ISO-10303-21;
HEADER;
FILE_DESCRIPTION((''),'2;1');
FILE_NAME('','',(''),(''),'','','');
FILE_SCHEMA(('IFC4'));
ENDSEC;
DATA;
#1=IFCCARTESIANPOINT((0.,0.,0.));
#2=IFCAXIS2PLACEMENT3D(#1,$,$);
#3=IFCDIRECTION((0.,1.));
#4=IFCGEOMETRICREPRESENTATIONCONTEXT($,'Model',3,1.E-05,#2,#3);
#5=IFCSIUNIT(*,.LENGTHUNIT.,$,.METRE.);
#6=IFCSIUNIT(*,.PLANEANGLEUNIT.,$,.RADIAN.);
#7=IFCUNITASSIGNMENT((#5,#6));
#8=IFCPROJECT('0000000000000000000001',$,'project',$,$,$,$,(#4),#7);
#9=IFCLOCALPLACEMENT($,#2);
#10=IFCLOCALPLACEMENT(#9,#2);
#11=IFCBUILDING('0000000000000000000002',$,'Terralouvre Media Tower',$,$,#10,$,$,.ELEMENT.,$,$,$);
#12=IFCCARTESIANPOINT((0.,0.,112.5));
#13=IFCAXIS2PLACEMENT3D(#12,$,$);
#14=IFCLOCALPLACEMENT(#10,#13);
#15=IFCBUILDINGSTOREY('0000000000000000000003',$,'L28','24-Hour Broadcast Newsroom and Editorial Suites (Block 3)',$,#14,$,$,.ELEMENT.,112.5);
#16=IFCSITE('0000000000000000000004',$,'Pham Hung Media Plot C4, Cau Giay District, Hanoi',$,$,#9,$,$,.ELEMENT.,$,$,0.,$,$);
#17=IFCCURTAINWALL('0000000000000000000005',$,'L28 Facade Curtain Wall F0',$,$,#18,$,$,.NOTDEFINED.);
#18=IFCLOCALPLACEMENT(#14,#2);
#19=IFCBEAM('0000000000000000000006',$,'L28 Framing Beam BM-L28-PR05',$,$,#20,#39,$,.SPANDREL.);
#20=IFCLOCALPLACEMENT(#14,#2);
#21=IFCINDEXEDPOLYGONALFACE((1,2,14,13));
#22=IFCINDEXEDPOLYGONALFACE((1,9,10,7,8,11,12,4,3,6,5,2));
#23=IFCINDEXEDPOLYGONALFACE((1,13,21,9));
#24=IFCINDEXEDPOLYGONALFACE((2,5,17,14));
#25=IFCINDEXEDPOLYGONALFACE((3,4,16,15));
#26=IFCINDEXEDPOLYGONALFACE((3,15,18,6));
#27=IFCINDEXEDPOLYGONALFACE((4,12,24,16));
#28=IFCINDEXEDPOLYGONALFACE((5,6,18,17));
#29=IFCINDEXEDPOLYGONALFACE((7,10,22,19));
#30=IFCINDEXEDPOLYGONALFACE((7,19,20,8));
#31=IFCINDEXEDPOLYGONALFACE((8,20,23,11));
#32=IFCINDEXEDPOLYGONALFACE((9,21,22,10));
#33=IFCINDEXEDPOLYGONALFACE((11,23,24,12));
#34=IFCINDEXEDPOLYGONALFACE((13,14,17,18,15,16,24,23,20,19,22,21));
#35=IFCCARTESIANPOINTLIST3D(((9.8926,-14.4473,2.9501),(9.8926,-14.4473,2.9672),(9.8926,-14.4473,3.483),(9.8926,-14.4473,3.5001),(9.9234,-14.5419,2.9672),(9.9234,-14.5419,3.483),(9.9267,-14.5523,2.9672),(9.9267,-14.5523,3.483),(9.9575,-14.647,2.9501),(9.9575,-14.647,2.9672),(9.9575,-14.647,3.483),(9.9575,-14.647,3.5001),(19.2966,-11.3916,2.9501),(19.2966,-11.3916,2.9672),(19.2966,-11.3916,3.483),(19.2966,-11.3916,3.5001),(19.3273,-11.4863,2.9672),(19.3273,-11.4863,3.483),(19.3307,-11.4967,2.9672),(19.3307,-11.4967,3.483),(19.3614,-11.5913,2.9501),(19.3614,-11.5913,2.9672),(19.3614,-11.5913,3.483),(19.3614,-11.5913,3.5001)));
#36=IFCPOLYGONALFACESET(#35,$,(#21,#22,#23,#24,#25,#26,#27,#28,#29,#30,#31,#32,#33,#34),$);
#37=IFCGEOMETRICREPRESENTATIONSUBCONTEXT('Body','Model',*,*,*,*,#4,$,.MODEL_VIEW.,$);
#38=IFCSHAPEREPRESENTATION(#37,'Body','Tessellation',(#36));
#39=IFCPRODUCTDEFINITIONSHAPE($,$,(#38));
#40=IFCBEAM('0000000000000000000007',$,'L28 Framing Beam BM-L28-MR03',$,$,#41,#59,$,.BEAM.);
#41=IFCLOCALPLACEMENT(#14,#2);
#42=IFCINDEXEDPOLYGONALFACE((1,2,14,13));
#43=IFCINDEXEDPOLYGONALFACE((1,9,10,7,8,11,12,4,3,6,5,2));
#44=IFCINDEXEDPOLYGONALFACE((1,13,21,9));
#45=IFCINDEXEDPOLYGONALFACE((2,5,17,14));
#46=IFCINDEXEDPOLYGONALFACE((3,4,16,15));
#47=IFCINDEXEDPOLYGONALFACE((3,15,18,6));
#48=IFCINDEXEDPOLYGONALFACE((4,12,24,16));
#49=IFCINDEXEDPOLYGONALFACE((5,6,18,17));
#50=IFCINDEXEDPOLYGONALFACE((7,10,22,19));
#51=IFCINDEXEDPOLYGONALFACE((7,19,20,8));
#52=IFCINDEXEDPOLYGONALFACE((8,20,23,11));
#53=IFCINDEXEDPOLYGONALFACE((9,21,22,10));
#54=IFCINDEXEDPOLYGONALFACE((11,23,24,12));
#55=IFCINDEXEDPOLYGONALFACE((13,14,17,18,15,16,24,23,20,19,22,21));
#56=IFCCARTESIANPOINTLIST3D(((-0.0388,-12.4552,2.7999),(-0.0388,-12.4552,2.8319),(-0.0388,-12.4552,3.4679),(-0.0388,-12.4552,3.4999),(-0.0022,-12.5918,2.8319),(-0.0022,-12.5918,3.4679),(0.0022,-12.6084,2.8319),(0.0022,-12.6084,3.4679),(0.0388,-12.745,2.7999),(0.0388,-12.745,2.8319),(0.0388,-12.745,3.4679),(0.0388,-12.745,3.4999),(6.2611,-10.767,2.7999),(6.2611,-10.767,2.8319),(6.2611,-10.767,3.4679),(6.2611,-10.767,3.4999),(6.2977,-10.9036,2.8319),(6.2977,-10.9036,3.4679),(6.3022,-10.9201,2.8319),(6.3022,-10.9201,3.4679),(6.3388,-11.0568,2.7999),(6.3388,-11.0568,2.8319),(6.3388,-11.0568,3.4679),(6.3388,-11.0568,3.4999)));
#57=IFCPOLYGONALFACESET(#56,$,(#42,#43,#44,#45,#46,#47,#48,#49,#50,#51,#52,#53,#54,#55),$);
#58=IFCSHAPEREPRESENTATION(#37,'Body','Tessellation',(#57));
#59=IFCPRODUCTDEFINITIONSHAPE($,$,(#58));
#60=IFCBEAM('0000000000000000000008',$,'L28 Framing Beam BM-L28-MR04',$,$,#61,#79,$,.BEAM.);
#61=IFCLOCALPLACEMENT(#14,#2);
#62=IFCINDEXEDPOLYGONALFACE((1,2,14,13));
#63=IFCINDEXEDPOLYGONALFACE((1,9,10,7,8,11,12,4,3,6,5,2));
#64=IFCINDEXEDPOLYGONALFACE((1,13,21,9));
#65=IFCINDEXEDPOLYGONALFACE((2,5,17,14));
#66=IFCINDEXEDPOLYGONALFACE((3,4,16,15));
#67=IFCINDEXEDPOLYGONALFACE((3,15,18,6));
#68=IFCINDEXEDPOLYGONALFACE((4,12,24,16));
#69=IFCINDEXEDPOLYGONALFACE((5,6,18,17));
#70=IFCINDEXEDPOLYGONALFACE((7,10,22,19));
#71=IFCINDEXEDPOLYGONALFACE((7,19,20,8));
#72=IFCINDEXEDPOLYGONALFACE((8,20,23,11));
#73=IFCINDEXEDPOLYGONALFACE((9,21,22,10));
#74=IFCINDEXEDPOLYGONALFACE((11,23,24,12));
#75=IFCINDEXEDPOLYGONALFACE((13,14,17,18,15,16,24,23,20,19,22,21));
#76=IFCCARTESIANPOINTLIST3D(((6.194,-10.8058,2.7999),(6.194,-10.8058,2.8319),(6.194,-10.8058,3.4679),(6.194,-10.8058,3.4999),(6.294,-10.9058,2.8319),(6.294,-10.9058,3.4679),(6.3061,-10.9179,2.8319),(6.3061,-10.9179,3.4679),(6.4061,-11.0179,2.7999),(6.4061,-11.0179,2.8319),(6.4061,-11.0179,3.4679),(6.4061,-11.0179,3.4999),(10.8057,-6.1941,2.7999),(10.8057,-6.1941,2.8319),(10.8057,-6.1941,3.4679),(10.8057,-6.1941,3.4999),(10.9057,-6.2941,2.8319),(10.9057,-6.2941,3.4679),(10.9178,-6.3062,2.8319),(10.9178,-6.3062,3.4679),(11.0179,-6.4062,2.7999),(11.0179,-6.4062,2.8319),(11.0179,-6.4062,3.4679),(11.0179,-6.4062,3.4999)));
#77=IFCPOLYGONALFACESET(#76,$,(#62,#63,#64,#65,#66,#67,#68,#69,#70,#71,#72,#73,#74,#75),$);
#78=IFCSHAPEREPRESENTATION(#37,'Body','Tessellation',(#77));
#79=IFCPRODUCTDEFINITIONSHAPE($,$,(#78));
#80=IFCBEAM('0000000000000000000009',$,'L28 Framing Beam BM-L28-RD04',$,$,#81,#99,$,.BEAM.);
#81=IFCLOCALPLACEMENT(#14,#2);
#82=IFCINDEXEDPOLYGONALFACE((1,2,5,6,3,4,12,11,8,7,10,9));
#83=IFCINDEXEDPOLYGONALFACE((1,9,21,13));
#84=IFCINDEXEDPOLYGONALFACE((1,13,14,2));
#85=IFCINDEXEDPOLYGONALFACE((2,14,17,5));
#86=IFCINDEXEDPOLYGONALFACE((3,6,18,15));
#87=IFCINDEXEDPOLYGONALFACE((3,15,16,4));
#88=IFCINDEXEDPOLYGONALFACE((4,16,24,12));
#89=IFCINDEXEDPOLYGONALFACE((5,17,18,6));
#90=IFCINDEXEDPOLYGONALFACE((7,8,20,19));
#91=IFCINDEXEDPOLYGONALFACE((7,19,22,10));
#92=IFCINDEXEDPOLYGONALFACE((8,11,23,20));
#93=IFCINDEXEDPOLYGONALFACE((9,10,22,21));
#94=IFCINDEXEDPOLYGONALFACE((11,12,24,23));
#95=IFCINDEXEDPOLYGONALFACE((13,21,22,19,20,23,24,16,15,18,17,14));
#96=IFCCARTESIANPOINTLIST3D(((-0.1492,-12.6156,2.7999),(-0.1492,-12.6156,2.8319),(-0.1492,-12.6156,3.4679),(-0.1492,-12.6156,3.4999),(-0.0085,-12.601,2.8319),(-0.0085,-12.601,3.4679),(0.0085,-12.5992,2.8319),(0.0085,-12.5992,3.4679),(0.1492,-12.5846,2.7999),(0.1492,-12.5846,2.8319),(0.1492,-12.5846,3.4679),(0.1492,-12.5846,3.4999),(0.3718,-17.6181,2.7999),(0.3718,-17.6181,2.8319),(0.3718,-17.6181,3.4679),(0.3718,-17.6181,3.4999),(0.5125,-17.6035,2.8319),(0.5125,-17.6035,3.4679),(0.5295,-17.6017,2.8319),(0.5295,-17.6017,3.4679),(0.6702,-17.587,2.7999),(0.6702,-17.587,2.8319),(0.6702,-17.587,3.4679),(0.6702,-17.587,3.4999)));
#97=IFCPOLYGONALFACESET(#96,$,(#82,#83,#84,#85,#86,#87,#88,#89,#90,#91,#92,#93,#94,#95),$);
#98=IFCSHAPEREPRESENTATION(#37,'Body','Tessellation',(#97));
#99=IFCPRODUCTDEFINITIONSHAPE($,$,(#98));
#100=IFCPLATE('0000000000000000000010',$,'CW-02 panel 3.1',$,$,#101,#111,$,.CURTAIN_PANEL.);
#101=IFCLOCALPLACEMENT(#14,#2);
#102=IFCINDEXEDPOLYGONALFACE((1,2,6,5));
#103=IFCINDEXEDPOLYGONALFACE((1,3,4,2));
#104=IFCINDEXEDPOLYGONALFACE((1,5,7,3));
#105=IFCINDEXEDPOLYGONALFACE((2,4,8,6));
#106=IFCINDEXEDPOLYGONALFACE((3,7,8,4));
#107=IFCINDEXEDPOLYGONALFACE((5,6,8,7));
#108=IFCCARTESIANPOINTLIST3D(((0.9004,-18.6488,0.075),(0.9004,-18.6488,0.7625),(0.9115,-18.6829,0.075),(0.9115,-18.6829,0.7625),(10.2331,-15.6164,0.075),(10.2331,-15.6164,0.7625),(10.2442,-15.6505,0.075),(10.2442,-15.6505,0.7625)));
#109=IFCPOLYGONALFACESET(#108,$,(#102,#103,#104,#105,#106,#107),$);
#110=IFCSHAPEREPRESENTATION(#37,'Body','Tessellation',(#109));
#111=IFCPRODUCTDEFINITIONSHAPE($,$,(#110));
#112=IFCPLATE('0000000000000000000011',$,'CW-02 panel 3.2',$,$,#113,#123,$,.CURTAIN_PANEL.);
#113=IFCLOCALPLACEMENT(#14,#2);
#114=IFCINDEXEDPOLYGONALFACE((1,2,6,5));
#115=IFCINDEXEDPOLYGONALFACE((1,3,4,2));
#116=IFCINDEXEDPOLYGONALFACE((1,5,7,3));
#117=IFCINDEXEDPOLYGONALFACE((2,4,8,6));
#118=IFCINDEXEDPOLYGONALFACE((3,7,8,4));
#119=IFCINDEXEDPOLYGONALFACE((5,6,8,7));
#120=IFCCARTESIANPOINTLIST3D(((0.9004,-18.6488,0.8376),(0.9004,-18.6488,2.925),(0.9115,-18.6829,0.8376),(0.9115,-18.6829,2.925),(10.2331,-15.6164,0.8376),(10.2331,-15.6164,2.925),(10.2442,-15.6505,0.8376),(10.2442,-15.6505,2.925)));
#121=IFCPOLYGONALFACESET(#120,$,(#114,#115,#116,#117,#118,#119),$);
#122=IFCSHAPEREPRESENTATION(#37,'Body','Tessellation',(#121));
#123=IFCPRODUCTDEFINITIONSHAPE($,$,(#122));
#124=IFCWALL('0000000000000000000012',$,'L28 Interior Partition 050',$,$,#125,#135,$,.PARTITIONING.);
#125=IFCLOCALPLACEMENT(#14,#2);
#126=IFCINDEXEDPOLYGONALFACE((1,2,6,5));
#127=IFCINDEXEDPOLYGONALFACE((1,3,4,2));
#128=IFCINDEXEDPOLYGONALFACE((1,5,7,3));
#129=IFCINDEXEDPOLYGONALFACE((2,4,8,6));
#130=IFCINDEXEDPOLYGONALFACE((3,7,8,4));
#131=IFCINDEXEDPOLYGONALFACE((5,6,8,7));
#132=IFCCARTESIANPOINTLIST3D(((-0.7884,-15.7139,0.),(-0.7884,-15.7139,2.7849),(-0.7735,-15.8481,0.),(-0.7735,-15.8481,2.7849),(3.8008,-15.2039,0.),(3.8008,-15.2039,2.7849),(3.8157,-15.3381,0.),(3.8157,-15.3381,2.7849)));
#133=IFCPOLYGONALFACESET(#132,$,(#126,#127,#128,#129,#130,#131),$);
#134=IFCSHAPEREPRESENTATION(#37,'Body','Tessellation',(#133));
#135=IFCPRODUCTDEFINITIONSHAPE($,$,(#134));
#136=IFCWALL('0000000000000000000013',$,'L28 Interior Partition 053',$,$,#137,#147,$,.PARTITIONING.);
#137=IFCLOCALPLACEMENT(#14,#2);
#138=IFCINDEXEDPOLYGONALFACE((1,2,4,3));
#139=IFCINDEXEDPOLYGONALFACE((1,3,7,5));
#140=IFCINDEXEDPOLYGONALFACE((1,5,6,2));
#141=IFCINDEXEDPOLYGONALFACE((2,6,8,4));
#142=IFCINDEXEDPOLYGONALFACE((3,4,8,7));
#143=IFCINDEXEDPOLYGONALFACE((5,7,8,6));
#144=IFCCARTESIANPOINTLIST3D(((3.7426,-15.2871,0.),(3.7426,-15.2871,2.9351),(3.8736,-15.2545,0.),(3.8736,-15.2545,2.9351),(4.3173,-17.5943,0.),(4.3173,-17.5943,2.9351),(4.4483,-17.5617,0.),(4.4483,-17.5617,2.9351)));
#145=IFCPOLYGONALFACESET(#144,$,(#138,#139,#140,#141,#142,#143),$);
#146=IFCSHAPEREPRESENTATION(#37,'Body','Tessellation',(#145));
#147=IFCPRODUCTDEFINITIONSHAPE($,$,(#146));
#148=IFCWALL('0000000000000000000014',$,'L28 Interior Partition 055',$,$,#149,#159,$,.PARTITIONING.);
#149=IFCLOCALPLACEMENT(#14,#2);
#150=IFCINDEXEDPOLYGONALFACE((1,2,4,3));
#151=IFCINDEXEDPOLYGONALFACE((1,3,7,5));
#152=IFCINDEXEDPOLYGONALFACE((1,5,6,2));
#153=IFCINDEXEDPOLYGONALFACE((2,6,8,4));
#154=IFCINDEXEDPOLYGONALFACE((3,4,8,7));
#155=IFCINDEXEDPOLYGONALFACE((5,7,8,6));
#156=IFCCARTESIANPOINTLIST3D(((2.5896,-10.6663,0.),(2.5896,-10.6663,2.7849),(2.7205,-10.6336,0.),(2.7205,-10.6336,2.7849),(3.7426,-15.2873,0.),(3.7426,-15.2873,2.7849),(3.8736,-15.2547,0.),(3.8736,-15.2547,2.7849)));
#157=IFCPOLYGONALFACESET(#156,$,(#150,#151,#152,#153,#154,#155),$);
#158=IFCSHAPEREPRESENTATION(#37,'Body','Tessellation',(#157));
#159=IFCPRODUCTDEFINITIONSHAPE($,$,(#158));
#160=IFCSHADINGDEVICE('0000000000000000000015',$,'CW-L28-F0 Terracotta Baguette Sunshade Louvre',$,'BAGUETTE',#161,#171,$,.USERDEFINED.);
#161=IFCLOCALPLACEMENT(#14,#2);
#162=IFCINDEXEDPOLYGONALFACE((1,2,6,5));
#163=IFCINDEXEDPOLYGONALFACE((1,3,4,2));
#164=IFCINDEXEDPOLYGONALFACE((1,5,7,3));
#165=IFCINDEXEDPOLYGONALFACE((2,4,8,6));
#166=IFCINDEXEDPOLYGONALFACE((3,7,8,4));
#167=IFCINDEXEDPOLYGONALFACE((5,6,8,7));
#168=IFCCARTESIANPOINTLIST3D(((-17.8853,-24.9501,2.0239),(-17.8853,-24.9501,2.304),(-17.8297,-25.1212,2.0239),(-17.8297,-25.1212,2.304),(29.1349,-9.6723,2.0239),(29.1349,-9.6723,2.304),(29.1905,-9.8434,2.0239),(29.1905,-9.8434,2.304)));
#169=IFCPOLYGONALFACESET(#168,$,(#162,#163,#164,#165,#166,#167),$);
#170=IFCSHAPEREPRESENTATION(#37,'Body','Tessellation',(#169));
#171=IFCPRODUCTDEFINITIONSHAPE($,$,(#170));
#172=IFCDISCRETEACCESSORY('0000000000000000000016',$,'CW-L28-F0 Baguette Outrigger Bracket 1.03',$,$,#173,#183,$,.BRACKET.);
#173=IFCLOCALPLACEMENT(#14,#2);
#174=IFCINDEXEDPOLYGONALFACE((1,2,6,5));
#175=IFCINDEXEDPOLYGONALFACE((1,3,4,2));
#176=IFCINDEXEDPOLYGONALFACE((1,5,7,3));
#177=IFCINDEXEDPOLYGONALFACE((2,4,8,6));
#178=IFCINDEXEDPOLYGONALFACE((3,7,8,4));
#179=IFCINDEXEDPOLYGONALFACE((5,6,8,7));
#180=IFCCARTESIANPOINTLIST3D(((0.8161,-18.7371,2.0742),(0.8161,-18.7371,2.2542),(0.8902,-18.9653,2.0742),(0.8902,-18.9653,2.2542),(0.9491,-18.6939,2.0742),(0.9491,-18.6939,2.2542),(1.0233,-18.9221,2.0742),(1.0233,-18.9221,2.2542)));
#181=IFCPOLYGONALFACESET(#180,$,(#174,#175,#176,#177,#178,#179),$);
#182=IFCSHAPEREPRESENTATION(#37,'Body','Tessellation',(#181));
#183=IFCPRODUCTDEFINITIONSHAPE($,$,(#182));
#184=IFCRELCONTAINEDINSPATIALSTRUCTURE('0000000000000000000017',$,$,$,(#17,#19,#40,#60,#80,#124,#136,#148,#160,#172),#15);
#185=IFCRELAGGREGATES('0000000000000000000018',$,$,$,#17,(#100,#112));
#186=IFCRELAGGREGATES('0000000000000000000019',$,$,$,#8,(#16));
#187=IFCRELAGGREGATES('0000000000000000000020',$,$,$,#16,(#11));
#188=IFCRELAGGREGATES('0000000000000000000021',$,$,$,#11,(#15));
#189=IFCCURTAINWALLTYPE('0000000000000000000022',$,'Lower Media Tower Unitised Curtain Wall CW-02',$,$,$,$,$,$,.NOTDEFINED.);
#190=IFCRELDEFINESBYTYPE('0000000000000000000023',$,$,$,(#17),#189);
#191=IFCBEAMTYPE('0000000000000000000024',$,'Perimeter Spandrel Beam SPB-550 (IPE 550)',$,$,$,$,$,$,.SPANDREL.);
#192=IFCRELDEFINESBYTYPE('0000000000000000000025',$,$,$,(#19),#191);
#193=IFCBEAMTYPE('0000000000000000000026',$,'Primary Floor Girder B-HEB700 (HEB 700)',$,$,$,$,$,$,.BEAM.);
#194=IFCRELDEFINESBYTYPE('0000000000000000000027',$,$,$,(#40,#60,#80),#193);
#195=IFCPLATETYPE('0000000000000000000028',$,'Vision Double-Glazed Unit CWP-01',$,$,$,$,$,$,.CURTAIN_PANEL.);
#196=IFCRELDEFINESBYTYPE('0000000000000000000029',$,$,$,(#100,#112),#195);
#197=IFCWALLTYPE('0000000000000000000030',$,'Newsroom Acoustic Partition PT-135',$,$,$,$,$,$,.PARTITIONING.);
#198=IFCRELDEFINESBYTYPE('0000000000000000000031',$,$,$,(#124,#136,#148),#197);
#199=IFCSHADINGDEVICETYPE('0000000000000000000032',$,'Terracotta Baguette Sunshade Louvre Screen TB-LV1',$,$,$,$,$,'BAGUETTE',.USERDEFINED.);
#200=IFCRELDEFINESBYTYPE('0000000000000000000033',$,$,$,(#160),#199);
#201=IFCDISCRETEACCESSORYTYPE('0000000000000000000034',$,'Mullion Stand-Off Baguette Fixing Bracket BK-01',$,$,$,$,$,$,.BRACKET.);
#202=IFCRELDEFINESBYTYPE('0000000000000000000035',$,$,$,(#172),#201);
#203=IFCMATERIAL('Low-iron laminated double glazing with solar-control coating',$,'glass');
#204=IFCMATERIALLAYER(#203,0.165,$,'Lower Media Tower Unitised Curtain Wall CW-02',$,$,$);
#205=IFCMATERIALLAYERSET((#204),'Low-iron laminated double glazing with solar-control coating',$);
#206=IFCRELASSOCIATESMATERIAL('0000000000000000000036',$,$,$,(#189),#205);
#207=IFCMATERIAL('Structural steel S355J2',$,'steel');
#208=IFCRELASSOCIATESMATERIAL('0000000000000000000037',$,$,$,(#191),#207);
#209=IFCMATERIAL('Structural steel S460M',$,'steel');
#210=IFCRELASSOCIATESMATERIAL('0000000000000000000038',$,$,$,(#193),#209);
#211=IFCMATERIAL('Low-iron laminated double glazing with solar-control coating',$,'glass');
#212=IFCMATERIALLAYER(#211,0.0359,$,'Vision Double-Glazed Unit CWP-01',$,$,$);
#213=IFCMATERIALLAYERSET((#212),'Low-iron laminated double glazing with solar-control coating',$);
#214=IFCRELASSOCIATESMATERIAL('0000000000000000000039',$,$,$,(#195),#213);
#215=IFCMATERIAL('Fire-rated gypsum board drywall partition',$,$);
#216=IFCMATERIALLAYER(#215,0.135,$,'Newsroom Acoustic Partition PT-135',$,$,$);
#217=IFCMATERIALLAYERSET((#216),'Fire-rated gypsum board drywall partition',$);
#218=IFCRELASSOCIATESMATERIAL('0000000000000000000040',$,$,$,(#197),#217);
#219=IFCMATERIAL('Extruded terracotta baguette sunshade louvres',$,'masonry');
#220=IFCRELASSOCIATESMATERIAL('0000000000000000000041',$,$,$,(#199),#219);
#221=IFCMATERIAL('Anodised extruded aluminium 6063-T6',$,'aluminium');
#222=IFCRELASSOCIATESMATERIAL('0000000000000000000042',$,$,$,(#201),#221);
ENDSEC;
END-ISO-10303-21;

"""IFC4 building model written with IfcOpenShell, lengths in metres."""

from ifc_helpers import new_model, si_unit, direction, frame, frame_2d, origin, origin_2d, place, context, subcontext, project, spatial, rectangle, i_section, extrude, material, layer, layer_set, material_profile, profile_set, type_object, element, aggregate, save


model = new_model("IFC4")

# Units and contexts
model_context = context("Model", 3, precision=1e-05, world=origin(), true_north=direction((0.0, 1.0)))
body_context = subcontext(model_context, "Body", "Model", "MODEL_VIEW")
ifc_project = project(units=[si_unit("LENGTHUNIT", "METRE"), si_unit("PLANEANGLEUNIT", "RADIAN")], contexts=[model_context])

# Site, building, storey
site_placement = place(None, origin())
site = spatial("IfcSite", under=ifc_project, at=site_placement, Name="Pham Hung Media Plot C4, Cau Giay District, Hanoi", CompositionType="ELEMENT", RefElevation=0.0)
building_placement = place(site_placement, origin())
building = spatial("IfcBuilding", under=site, at=building_placement, Name="Terralouvre Media Tower", CompositionType="ELEMENT")
storey_placement = place(building_placement, frame((0.0, 0.0, 112.5)))
storey = spatial("IfcBuildingStorey", under=building, at=storey_placement, Name="L28", Description="24-Hour Broadcast Newsroom and Editorial Suites (Block 3)", CompositionType="ELEMENT", Elevation=112.5)

# Curtain wall
ifc_material_1 = material(Name="Low-iron laminated double glazing with solar-control coating", Category="glass")
ifc_layer_1 = layer(ifc_material_1, 0.165, Name="Lower Media Tower Unitised Curtain Wall CW-02")
ifc_layer_set_1 = layer_set([ifc_layer_1], Name="Low-iron laminated double glazing with solar-control coating")
curtain_wall_type = type_object("IfcCurtainWallType", Name="Lower Media Tower Unitised Curtain Wall CW-02", PredefinedType="NOTDEFINED", material=ifc_layer_set_1)
curtain_wall_placement = place(storey_placement, origin())
curtain_wall = element("IfcCurtainWall", 1, at=curtain_wall_placement, inside=storey, type_object=curtain_wall_type, Name="L28 Facade Curtain Wall F0", PredefinedType="NOTDEFINED")

# Beams
ifc_material_2 = material(Name="Structural steel S355J2", Category="steel")
ifc_material_profile_1 = material_profile(ifc_material_2, i_section(OverallWidth=0.21, OverallDepth=0.55, WebThickness=0.011, FlangeThickness=0.0171, at=origin_2d()), Name="IPE 550")
ifc_profile_set_1 = profile_set([ifc_material_profile_1], Name="Structural steel S355J2")
beam_type_1 = type_object("IfcBeamType", Name="Perimeter Spandrel Beam SPB-550 (IPE 550)", PredefinedType="SPANDREL", material=ifc_profile_set_1)
for number, where, z_axis, x_axis, name in (
    (2, (9.925, -14.5471, 3.2251), (0.951053, 0.309026, 0.0), (-0.309026, 0.951053, 0.0), "L28 Framing Beam BM-L28-PR05"),
):
    element("IfcBeam", number, at=place(storey_placement, frame(where, z_axis=z_axis, x_axis=x_axis)), inside=storey, type_object=beam_type_1, Name=name, PredefinedType="SPANDREL", context=body_context, shape_type="SweptSolid", body=[
        extrude(i_section(OverallWidth=0.21, OverallDepth=0.55, WebThickness=0.011, FlangeThickness=0.0171, at=origin_2d()), origin(), (0.0, 0.0, 1.0), 9.8879),
    ])
ifc_material_3 = material(Name="Structural steel S460M", Category="steel")
ifc_material_profile_2 = material_profile(ifc_material_3, i_section(OverallWidth=0.3, OverallDepth=0.7, WebThickness=0.0171, FlangeThickness=0.032, at=origin_2d()), Name="HEB 700")
ifc_profile_set_2 = profile_set([ifc_material_profile_2], Name="Structural steel S460M")
beam_type_2 = type_object("IfcBeamType", Name="Primary Floor Girder B-HEB700 (HEB 700)", PredefinedType="BEAM", material=ifc_profile_set_2)
beam_1_placement = place(storey_placement, frame((0.0, -12.6001, 3.1499), z_axis=(0.96592, 0.258839, 0.0), x_axis=(-0.258839, 0.96592, 0.0)))
element("IfcBeam", 3, at=beam_1_placement, inside=storey, type_object=beam_type_2, Name="L28 Framing Beam BM-L28-MR03", PredefinedType="BEAM", context=body_context, shape_type="SweptSolid", body=[
    extrude(i_section(OverallWidth=0.3, OverallDepth=0.7, WebThickness=0.0171, FlangeThickness=0.032, at=origin_2d()), origin(), (0.0, 0.0, 1.0), 6.5222),
])
beam_2_placement = place(storey_placement, frame((6.3, -10.9119, 3.1499), z_axis=(0.707107, 0.707107, 0.0), x_axis=(-0.707107, 0.707107, 0.0)))
element("IfcBeam", 4, at=beam_2_placement, inside=storey, type_object=beam_type_2, Name="L28 Framing Beam BM-L28-MR04", PredefinedType="BEAM", context=body_context, shape_type="SweptSolid", body=[
    extrude(i_section(OverallWidth=0.3, OverallDepth=0.7, WebThickness=0.0171, FlangeThickness=0.032, at=origin_2d()), origin(), (0.0, 0.0, 1.0), 6.522),
])
beam_3_placement = place(storey_placement, frame((0.0, -12.6001, 3.1499), z_axis=(0.103588, -0.99462, 0.0), x_axis=(0.99462, 0.103588, 0.0)))
element("IfcBeam", 5, at=beam_3_placement, inside=storey, type_object=beam_type_2, Name="L28 Framing Beam BM-L28-RD04", PredefinedType="BEAM", context=body_context, shape_type="SweptSolid", body=[
    extrude(i_section(OverallWidth=0.3, OverallDepth=0.7, WebThickness=0.0171, FlangeThickness=0.032, at=origin_2d()), origin(), (0.0, 0.0, 1.0), 5.0295),
])

# Plates
ifc_material_4 = material(Name="Low-iron laminated double glazing with solar-control coating", Category="glass")
ifc_layer_2 = layer(ifc_material_4, 0.0359, Name="Vision Double-Glazed Unit CWP-01")
ifc_layer_set_2 = layer_set([ifc_layer_2], Name="Low-iron laminated double glazing with solar-control coating")
plate_type = type_object("IfcPlateType", Name="Vision Double-Glazed Unit CWP-01", PredefinedType="CURTAIN_PANEL", material=ifc_layer_set_2)
plate_1_placement = place(storey_placement, frame((5.5723, -17.1497, 0.075), z_axis=(0.0, 0.0, 1.0), x_axis=(0.951057, 0.309017, 0.0)))
plate_1 = element("IfcPlate", 6, at=plate_1_placement, type_object=plate_type, Name="CW-02 panel 3.1", PredefinedType="CURTAIN_PANEL", context=body_context, shape_type="SweptSolid", body=[
    extrude(rectangle(XDim=9.813, YDim=0.0359, at=origin_2d()), origin(), (0.0, 0.0, 1.0), 0.6875),
])
plate_2_placement = place(storey_placement, frame((5.5723, -17.1497, 0.8376), z_axis=(0.0, 0.0, 1.0), x_axis=(0.951057, 0.309017, 0.0)))
plate_2 = element("IfcPlate", 7, at=plate_2_placement, type_object=plate_type, Name="CW-02 panel 3.2", PredefinedType="CURTAIN_PANEL", context=body_context, shape_type="SweptSolid", body=[
    extrude(rectangle(XDim=9.813, YDim=0.0359, at=origin_2d()), origin(), (0.0, 0.0, 1.0), 2.0874),
])
aggregate(curtain_wall, [plate_1, plate_2])

# Walls
ifc_material_5 = material(Name="Fire-rated gypsum board drywall partition")
ifc_layer_3 = layer(ifc_material_5, 0.135, Name="Newsroom Acoustic Partition PT-135")
ifc_layer_set_3 = layer_set([ifc_layer_3], Name="Fire-rated gypsum board drywall partition")
wall_type = type_object("IfcWallType", Name="Newsroom Acoustic Partition PT-135", PredefinedType="PARTITIONING", material=ifc_layer_set_3)
wall_1_placement = place(storey_placement, frame((3.8081, -15.271, 0.0), z_axis=(0.0, 0.0, 1.0), x_axis=(-0.993881, -0.110455, 0.0)))
element("IfcWall", 8, at=wall_1_placement, inside=storey, type_object=wall_type, Name="L28 Interior Partition 050", PredefinedType="PARTITIONING", context=body_context, shape_type="SweptSolid", body=[
    extrude(rectangle(XDim=4.6174, YDim=0.135, at=frame_2d((2.3086, 0.0))), origin(), (0.0, 0.0, 1.0), 2.7849),
])
wall_2_placement = place(storey_placement, frame((4.3828, -17.5781, 0.0), z_axis=(0.0, 0.0, 1.0), x_axis=(-0.241714, 0.970348, 0.0)))
element("IfcWall", 9, at=wall_2_placement, inside=storey, type_object=wall_type, Name="L28 Interior Partition 053", PredefinedType="PARTITIONING", context=body_context, shape_type="SweptSolid", body=[
    extrude(rectangle(XDim=2.3777, YDim=0.135, at=frame_2d((1.189, 0.0))), origin(), (0.0, 0.0, 1.0), 2.9351),
])
wall_3_placement = place(storey_placement, frame((3.8081, -15.271, 0.0), z_axis=(0.0, 0.0, 1.0), x_axis=(-0.242101, 0.970251, 0.0)))
element("IfcWall", 10, at=wall_3_placement, inside=storey, type_object=wall_type, Name="L28 Interior Partition 055", PredefinedType="PARTITIONING", context=body_context, shape_type="SweptSolid", body=[
    extrude(rectangle(XDim=4.7627, YDim=0.135, at=frame_2d((2.3813, 0.0))), origin(), (0.0, 0.0, 1.0), 2.7849),
])

# Shading device
ifc_material_6 = material(Name="Extruded terracotta baguette sunshade louvres", Category="masonry")
shading_device_type = type_object("IfcShadingDeviceType", Name="Terracotta Baguette Sunshade Louvre Screen TB-LV1", ElementType="BAGUETTE", PredefinedType="USERDEFINED", material=ifc_material_6)
shading_device_placement = place(storey_placement, frame((5.6526, -17.3967, 2.0239), z_axis=(0.0, 0.0, 1.0), x_axis=(0.951057, 0.309017, 0.0)))
element("IfcShadingDevice", 11, at=shading_device_placement, inside=storey, type_object=shading_device_type, Name="CW-L28-F0 Terracotta Baguette Sunshade Louvre", ObjectType="BAGUETTE", PredefinedType="USERDEFINED", context=body_context, shape_type="SweptSolid", body=[
    extrude(rectangle(XDim=49.4399, YDim=0.1799, at=origin_2d()), origin(), (0.0, 0.0, 1.0), 0.28),
])

# Discrete accessory
ifc_material_7 = material(Name="Anodised extruded aluminium 6063-T6", Category="aluminium")
discrete_accessory_type = type_object("IfcDiscreteAccessoryType", Name="Mullion Stand-Off Baguette Fixing Bracket BK-01", PredefinedType="BRACKET", material=ifc_material_7)
discrete_accessory_placement = place(storey_placement, frame((0.9197, -18.8296, 2.0742), z_axis=(0.0, 0.0, 1.0), x_axis=(0.951057, 0.309017, 0.0)))
element("IfcDiscreteAccessory", 12, at=discrete_accessory_placement, inside=storey, type_object=discrete_accessory_type, Name="CW-L28-F0 Baguette Outrigger Bracket 1.03", PredefinedType="BRACKET", context=body_context, shape_type="SweptSolid", body=[
    extrude(rectangle(XDim=0.1399, YDim=0.24, at=origin_2d()), origin(), (0.0, 0.0, 1.0), 0.1799),
])

save(model, "model.ifc")
